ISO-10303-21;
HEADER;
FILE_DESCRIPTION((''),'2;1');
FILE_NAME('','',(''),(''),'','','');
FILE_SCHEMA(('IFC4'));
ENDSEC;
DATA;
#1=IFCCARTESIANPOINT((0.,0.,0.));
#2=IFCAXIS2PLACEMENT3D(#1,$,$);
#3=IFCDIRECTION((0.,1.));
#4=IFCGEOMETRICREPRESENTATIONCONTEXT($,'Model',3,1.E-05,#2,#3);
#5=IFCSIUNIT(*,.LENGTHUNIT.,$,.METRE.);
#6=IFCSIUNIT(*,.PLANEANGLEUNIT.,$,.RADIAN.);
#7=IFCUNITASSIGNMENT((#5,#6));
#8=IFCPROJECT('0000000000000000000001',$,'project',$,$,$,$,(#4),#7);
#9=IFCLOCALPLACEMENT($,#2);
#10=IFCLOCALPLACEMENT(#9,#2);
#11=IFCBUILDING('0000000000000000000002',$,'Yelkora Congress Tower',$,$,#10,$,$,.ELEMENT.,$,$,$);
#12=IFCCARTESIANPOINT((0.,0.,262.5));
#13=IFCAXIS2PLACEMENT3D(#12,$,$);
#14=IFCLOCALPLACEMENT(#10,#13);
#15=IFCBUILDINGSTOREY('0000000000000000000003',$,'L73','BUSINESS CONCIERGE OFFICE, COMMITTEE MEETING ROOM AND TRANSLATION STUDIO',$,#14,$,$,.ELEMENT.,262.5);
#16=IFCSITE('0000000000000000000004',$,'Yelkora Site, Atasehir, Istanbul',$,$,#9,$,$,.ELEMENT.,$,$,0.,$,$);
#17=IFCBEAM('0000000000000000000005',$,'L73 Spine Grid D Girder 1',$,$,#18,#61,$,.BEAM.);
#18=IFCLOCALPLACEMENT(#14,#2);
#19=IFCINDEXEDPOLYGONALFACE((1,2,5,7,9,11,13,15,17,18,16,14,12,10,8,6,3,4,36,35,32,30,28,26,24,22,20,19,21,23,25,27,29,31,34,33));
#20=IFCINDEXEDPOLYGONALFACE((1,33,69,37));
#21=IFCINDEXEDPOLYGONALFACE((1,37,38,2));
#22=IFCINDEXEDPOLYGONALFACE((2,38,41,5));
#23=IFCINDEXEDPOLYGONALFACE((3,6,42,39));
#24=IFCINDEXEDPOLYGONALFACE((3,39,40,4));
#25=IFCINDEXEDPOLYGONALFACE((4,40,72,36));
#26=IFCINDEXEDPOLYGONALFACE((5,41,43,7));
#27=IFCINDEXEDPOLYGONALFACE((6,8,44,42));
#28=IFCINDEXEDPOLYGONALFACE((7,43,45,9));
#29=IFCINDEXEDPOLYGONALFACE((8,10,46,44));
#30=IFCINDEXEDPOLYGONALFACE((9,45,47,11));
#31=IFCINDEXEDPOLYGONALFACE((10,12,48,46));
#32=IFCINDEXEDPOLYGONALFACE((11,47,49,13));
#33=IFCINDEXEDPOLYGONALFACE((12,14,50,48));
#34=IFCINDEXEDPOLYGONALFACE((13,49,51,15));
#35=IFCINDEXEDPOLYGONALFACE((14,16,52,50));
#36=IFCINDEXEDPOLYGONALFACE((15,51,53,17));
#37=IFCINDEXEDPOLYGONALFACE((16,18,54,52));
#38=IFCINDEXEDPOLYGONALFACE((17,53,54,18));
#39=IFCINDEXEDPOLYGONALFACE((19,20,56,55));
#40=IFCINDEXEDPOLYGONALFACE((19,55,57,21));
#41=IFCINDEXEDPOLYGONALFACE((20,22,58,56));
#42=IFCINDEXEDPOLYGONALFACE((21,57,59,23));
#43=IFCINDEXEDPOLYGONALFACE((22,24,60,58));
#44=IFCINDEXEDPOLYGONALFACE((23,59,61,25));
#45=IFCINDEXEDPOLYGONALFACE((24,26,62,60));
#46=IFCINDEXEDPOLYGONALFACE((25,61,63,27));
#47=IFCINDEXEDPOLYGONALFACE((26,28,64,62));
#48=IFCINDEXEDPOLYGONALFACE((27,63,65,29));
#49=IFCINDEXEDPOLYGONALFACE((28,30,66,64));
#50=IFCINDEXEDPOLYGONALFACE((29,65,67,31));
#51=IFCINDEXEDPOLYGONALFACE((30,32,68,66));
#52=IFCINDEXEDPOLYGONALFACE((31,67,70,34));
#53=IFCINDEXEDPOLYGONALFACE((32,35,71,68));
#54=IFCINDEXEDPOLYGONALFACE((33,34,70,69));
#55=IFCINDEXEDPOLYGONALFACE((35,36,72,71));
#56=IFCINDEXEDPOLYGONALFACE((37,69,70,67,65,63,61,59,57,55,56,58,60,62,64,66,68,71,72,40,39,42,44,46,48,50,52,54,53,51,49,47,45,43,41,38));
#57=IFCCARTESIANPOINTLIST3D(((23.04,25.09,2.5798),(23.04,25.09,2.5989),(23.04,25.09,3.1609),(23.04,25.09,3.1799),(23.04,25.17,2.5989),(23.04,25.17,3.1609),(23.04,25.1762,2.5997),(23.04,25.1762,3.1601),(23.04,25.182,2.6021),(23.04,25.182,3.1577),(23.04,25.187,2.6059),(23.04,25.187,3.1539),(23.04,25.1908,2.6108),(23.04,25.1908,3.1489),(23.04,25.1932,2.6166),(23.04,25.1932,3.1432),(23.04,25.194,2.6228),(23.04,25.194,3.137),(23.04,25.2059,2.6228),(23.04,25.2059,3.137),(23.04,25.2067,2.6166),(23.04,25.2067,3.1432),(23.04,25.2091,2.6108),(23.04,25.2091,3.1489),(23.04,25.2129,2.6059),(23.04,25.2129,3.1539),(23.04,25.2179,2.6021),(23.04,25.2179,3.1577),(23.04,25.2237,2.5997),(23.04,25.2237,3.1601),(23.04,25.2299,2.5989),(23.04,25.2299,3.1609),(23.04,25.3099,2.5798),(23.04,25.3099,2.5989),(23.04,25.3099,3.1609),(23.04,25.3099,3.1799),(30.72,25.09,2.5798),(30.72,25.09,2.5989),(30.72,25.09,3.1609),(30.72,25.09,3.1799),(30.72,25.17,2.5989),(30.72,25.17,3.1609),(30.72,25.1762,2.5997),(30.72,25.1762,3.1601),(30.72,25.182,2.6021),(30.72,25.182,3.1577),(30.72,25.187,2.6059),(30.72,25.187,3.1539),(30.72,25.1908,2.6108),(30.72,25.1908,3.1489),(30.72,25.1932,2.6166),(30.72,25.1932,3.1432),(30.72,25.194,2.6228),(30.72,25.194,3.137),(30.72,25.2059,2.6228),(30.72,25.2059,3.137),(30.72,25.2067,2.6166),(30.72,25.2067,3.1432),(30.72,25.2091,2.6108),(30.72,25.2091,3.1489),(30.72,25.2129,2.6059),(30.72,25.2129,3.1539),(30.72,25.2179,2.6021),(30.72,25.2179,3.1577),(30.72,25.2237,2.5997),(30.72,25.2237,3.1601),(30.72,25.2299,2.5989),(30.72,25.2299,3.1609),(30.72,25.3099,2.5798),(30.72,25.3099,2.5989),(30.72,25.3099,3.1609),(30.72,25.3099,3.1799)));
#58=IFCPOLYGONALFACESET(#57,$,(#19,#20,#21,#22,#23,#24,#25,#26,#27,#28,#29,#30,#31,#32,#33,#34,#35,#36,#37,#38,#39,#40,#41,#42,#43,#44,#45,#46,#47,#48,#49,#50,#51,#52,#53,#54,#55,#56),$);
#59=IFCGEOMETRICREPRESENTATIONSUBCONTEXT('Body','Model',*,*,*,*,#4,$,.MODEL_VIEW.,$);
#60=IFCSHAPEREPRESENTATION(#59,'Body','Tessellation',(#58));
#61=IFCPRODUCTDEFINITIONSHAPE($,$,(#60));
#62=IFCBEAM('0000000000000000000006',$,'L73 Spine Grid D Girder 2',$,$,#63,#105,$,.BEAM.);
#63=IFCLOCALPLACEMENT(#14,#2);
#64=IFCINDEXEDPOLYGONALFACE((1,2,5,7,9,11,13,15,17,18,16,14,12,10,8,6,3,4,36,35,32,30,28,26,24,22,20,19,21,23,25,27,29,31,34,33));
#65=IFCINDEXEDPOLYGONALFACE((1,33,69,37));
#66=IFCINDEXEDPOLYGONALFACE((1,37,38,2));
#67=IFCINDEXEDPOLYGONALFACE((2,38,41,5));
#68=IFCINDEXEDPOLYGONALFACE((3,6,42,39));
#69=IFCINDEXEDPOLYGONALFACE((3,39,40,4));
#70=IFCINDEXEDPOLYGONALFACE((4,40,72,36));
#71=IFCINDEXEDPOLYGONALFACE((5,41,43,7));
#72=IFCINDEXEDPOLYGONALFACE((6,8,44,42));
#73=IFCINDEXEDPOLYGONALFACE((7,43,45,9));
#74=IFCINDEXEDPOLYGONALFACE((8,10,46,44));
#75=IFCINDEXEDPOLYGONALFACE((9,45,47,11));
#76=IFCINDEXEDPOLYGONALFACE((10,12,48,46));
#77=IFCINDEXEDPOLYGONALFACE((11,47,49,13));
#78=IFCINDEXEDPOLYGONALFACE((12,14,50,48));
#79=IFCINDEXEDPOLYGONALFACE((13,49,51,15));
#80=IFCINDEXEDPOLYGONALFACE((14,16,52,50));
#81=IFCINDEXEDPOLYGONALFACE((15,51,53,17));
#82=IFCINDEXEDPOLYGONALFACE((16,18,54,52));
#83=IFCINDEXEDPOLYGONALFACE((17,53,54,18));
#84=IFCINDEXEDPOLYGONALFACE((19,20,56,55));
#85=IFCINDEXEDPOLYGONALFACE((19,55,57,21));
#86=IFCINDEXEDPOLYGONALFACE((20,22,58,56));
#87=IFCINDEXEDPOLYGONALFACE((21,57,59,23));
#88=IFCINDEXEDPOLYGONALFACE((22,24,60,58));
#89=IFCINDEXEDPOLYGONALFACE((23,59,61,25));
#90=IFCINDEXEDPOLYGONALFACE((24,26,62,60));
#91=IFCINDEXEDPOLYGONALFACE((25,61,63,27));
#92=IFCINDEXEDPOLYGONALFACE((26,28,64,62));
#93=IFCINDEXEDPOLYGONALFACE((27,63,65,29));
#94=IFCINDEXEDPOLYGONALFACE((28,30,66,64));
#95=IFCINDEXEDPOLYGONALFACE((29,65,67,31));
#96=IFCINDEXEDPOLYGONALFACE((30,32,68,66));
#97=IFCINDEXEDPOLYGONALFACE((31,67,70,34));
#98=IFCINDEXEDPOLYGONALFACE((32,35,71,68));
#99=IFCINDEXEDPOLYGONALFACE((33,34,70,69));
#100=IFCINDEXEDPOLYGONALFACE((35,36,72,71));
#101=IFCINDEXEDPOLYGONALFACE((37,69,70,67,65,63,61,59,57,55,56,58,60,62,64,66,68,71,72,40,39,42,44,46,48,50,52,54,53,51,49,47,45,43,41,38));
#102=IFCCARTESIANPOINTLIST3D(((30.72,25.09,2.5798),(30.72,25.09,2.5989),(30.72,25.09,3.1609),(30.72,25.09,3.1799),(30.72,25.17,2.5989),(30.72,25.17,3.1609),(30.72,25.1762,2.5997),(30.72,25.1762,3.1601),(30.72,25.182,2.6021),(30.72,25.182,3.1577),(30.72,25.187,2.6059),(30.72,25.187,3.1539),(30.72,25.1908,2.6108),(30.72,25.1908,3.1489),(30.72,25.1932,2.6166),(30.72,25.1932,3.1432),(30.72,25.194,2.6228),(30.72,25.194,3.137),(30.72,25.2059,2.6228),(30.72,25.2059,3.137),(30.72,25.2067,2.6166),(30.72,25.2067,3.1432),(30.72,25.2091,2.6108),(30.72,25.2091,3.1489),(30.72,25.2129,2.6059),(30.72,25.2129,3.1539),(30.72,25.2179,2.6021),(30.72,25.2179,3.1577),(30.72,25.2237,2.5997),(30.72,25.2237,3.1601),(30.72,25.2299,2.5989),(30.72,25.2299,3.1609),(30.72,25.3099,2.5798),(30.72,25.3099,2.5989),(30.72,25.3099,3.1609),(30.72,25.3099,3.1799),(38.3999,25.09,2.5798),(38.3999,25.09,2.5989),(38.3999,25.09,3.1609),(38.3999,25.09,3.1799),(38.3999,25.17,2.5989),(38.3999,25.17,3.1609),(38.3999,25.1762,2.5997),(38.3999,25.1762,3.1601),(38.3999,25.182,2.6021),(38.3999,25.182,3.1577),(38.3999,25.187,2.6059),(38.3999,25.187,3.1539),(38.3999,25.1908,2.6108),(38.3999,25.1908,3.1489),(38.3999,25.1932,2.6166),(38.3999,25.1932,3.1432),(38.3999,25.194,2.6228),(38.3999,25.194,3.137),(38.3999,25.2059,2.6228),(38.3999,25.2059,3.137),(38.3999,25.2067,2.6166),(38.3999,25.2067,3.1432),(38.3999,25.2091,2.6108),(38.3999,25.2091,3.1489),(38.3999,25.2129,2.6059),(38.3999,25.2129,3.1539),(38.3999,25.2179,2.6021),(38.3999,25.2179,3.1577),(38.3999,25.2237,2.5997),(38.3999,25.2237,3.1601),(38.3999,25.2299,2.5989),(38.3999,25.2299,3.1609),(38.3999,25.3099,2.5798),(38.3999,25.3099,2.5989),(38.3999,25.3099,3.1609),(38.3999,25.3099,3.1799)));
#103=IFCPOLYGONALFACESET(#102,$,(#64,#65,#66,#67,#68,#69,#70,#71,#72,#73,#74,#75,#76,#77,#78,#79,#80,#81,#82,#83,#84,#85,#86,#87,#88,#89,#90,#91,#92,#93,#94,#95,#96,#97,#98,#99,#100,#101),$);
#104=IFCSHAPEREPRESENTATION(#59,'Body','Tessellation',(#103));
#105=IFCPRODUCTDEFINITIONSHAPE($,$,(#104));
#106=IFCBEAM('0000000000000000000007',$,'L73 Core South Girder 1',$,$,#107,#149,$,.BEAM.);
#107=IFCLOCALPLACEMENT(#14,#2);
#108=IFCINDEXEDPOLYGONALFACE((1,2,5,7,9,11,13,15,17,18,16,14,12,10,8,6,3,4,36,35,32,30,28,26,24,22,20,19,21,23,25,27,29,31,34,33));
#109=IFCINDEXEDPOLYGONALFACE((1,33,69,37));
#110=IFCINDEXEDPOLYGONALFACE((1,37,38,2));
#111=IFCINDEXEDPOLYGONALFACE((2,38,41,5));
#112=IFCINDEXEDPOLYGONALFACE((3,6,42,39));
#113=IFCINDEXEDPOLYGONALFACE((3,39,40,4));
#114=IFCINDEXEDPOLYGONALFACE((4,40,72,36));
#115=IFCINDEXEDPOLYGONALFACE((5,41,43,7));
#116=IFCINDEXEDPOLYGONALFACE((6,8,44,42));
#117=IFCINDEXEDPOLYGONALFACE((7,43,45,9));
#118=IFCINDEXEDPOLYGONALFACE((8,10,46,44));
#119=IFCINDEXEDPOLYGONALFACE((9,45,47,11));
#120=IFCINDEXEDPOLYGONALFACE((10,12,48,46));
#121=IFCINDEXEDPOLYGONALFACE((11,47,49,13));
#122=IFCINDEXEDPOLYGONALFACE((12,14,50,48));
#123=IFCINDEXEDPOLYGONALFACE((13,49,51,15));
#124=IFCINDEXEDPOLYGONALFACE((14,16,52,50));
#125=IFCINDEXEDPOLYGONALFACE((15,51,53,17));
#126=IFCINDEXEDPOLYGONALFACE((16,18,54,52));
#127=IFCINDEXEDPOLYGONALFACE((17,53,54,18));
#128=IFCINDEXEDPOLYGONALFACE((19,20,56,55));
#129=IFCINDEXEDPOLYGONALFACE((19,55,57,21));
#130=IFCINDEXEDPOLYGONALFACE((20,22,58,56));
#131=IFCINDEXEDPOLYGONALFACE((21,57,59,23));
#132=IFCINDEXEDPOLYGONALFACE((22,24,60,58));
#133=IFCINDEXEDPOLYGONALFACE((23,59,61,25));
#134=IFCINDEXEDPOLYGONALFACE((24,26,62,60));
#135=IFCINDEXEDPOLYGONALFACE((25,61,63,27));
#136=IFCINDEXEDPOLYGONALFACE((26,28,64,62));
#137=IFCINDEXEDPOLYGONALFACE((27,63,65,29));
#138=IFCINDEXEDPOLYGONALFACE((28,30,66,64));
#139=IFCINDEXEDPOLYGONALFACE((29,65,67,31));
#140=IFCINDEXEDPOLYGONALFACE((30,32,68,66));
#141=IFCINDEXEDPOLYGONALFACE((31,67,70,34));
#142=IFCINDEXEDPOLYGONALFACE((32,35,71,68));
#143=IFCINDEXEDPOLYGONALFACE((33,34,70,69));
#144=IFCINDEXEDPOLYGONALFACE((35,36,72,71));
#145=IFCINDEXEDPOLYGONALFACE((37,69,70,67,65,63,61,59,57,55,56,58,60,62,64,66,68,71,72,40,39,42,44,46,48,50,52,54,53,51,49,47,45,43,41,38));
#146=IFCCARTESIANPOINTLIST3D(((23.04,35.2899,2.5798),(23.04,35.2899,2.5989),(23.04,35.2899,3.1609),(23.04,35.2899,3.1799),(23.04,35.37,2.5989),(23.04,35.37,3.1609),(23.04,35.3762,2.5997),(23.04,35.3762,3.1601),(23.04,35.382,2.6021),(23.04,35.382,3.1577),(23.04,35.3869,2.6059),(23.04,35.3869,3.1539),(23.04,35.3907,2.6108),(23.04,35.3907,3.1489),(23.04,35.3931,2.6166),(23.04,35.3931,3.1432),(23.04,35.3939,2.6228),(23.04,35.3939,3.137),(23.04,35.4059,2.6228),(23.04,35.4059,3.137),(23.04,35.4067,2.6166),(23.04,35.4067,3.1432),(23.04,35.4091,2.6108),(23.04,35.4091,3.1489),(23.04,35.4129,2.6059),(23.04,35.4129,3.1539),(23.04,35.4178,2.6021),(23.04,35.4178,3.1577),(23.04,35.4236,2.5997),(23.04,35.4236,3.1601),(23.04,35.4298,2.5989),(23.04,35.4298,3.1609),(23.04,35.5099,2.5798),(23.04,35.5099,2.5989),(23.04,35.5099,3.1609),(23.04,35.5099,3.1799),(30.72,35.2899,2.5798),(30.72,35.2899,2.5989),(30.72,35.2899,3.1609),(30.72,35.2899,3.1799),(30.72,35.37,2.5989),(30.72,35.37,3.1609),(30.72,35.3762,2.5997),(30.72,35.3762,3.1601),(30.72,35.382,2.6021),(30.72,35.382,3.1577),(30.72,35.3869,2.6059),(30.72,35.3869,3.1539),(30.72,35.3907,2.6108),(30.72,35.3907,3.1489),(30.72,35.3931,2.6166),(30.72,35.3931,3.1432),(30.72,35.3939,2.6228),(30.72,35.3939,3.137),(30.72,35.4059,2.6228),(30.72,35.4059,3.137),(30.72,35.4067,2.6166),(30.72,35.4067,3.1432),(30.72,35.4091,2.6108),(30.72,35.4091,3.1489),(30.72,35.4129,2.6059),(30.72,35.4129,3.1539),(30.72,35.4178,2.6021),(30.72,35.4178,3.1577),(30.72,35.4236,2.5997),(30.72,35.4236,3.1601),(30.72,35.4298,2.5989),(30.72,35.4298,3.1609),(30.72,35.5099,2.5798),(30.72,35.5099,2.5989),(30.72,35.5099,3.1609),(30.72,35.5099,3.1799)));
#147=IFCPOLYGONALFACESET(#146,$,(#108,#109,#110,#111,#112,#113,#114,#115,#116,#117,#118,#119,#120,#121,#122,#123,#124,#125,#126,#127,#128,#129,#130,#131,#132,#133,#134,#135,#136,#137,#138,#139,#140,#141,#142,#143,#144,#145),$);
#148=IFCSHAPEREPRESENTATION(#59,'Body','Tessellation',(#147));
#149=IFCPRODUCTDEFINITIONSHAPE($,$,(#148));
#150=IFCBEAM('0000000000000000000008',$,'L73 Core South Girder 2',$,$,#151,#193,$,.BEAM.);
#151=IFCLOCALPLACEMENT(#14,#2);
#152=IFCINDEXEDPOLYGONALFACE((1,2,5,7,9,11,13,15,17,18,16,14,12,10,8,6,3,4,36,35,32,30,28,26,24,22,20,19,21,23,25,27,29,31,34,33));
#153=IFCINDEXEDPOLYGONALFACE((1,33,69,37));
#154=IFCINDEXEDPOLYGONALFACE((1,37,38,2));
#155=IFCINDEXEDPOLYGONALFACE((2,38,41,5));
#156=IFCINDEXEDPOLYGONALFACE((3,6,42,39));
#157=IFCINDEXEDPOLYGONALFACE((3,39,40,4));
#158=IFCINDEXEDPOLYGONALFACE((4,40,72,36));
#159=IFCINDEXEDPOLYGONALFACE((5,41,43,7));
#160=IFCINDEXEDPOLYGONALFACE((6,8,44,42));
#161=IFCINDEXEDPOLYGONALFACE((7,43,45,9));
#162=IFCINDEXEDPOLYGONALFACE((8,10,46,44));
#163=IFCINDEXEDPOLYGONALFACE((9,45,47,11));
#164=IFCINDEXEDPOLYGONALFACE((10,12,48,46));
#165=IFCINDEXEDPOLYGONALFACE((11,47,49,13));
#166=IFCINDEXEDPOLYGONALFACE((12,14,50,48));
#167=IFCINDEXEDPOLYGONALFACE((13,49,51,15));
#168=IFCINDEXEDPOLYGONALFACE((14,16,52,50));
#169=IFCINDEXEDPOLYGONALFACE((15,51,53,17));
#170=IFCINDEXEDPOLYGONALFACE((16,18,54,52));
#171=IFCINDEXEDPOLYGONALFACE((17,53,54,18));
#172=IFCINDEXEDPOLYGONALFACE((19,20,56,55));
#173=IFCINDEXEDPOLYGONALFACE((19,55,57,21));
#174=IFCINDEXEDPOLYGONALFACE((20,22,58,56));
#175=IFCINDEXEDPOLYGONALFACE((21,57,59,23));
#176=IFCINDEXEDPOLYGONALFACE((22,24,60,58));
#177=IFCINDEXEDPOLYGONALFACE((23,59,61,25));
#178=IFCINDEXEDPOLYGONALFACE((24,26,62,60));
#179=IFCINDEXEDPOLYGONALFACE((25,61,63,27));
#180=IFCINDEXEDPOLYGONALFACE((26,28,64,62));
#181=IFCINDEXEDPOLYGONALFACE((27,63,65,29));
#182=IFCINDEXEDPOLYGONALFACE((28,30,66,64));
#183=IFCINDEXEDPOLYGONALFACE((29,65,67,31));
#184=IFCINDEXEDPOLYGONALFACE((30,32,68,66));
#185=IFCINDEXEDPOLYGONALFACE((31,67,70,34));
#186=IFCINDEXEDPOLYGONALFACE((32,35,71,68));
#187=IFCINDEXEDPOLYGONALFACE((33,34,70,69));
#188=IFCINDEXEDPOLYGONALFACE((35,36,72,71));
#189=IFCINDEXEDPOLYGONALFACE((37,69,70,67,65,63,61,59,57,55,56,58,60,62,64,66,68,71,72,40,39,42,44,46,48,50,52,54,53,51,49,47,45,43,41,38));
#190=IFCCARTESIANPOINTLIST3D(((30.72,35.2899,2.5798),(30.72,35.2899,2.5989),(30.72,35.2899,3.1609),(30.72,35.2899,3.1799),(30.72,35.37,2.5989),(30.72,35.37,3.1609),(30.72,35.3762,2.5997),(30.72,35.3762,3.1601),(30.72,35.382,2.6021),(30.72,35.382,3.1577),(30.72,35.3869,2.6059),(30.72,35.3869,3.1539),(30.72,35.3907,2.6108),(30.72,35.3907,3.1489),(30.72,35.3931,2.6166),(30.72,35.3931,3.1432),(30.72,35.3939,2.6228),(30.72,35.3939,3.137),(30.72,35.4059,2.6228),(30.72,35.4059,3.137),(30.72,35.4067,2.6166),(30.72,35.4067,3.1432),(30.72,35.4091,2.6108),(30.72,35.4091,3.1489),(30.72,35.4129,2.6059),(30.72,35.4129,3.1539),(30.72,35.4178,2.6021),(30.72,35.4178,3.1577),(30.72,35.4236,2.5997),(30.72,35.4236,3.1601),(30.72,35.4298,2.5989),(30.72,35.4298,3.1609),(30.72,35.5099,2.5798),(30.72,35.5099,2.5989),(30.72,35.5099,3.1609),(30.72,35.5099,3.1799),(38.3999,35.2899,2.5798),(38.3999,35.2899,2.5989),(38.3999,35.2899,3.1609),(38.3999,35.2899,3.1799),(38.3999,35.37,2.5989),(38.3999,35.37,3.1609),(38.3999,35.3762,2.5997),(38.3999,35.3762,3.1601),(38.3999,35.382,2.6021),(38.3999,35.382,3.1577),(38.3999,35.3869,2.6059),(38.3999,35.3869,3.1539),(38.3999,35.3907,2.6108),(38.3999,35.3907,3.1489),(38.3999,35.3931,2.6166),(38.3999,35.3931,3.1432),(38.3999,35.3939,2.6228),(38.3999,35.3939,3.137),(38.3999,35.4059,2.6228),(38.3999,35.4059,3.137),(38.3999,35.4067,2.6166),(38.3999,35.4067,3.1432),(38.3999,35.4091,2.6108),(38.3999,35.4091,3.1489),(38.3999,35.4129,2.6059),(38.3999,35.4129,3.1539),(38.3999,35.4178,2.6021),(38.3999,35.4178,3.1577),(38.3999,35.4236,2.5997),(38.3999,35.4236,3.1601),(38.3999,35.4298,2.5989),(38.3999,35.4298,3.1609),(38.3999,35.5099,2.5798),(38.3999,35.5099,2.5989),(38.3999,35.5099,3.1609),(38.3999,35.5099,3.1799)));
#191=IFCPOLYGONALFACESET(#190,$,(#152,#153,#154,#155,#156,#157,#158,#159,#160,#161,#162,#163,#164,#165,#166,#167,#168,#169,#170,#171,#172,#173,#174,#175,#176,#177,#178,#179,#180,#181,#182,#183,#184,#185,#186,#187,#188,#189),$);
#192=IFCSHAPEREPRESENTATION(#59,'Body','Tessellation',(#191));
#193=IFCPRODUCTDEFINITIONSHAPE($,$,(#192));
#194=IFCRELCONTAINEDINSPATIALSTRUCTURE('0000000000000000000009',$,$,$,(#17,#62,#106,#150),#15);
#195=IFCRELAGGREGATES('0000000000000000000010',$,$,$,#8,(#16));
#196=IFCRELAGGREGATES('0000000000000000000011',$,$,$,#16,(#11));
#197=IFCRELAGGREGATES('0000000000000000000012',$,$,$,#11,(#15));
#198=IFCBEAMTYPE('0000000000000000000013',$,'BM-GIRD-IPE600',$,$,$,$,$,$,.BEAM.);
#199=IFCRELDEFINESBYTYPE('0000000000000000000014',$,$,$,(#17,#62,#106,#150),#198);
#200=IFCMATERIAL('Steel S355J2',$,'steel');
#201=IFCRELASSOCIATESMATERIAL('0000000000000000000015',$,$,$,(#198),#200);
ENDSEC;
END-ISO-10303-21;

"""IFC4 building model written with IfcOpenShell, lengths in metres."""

from ifc_helpers import new_model, si_unit, direction, frame, origin, origin_2d, place, context, subcontext, project, spatial, i_section, extrude, material, material_profile, profile_set, type_object, element, save


model = new_model("IFC4")

# Units and contexts
model_context = context("Model", 3, precision=1e-05, world=origin(), true_north=direction((0.0, 1.0)))
body_context = subcontext(model_context, "Body", "Model", "MODEL_VIEW")
ifc_project = project(units=[si_unit("LENGTHUNIT", "METRE"), si_unit("PLANEANGLEUNIT", "RADIAN")], contexts=[model_context])

# Site, building, storey
site_placement = place(None, origin())
site = spatial("IfcSite", under=ifc_project, at=site_placement, Name="Yelkora Site, Atasehir, Istanbul", CompositionType="ELEMENT", RefElevation=0.0)
building_placement = place(site_placement, origin())
building = spatial("IfcBuilding", under=site, at=building_placement, Name="Yelkora Congress Tower", CompositionType="ELEMENT")
storey_placement = place(building_placement, frame((0.0, 0.0, 262.5)))
storey = spatial("IfcBuildingStorey", under=building, at=storey_placement, Name="L73", Description="BUSINESS CONCIERGE OFFICE, COMMITTEE MEETING ROOM AND TRANSLATION STUDIO", CompositionType="ELEMENT", Elevation=262.5)

# Beams
ifc_material_1 = material(Name="Steel S355J2", Category="steel")
ifc_material_profile_1 = material_profile(ifc_material_1, i_section(OverallWidth=0.22, OverallDepth=0.6001, WebThickness=0.012, FlangeThickness=0.019, FilletRadius=0.0239, at=origin_2d()), Name="IPE 600")
ifc_profile_set_1 = profile_set([ifc_material_profile_1], Name="Steel S355J2")
beam_type_1 = type_object("IfcBeamType", Name="BM-GIRD-IPE600", PredefinedType="BEAM", material=ifc_profile_set_1)
for number, where, z_axis, x_axis, name in (
    (1, (23.04, 25.2, 2.8799), (1.0, 0.0, 0.0), (0.0, 1.0, 0.0), "L73 Spine Grid D Girder 1"),
    (2, (30.72, 25.2, 2.8799), (1.0, 0.0, 0.0), (0.0, 1.0, 0.0), "L73 Spine Grid D Girder 2"),
    (3, (23.04, 35.3999, 2.8799), (1.0, 0.0, 0.0), (0.0, 1.0, 0.0), "L73 Core South Girder 1"),
    (4, (30.72, 35.3999, 2.8799), (1.0, 0.0, 0.0), (0.0, 1.0, 0.0), "L73 Core South Girder 2"),
):
    element("IfcBeam", number, at=place(storey_placement, frame(where, z_axis=z_axis, x_axis=x_axis)), inside=storey, type_object=beam_type_1, Name=name, PredefinedType="BEAM", context=body_context, shape_type="SweptSolid", body=[
        extrude(i_section(OverallWidth=0.22, OverallDepth=0.6001, WebThickness=0.012, FlangeThickness=0.019, FilletRadius=0.0239, at=origin_2d()), origin(), (0.0, 0.0, 1.0), 7.6799),
    ])

save(model, "model.ifc")
